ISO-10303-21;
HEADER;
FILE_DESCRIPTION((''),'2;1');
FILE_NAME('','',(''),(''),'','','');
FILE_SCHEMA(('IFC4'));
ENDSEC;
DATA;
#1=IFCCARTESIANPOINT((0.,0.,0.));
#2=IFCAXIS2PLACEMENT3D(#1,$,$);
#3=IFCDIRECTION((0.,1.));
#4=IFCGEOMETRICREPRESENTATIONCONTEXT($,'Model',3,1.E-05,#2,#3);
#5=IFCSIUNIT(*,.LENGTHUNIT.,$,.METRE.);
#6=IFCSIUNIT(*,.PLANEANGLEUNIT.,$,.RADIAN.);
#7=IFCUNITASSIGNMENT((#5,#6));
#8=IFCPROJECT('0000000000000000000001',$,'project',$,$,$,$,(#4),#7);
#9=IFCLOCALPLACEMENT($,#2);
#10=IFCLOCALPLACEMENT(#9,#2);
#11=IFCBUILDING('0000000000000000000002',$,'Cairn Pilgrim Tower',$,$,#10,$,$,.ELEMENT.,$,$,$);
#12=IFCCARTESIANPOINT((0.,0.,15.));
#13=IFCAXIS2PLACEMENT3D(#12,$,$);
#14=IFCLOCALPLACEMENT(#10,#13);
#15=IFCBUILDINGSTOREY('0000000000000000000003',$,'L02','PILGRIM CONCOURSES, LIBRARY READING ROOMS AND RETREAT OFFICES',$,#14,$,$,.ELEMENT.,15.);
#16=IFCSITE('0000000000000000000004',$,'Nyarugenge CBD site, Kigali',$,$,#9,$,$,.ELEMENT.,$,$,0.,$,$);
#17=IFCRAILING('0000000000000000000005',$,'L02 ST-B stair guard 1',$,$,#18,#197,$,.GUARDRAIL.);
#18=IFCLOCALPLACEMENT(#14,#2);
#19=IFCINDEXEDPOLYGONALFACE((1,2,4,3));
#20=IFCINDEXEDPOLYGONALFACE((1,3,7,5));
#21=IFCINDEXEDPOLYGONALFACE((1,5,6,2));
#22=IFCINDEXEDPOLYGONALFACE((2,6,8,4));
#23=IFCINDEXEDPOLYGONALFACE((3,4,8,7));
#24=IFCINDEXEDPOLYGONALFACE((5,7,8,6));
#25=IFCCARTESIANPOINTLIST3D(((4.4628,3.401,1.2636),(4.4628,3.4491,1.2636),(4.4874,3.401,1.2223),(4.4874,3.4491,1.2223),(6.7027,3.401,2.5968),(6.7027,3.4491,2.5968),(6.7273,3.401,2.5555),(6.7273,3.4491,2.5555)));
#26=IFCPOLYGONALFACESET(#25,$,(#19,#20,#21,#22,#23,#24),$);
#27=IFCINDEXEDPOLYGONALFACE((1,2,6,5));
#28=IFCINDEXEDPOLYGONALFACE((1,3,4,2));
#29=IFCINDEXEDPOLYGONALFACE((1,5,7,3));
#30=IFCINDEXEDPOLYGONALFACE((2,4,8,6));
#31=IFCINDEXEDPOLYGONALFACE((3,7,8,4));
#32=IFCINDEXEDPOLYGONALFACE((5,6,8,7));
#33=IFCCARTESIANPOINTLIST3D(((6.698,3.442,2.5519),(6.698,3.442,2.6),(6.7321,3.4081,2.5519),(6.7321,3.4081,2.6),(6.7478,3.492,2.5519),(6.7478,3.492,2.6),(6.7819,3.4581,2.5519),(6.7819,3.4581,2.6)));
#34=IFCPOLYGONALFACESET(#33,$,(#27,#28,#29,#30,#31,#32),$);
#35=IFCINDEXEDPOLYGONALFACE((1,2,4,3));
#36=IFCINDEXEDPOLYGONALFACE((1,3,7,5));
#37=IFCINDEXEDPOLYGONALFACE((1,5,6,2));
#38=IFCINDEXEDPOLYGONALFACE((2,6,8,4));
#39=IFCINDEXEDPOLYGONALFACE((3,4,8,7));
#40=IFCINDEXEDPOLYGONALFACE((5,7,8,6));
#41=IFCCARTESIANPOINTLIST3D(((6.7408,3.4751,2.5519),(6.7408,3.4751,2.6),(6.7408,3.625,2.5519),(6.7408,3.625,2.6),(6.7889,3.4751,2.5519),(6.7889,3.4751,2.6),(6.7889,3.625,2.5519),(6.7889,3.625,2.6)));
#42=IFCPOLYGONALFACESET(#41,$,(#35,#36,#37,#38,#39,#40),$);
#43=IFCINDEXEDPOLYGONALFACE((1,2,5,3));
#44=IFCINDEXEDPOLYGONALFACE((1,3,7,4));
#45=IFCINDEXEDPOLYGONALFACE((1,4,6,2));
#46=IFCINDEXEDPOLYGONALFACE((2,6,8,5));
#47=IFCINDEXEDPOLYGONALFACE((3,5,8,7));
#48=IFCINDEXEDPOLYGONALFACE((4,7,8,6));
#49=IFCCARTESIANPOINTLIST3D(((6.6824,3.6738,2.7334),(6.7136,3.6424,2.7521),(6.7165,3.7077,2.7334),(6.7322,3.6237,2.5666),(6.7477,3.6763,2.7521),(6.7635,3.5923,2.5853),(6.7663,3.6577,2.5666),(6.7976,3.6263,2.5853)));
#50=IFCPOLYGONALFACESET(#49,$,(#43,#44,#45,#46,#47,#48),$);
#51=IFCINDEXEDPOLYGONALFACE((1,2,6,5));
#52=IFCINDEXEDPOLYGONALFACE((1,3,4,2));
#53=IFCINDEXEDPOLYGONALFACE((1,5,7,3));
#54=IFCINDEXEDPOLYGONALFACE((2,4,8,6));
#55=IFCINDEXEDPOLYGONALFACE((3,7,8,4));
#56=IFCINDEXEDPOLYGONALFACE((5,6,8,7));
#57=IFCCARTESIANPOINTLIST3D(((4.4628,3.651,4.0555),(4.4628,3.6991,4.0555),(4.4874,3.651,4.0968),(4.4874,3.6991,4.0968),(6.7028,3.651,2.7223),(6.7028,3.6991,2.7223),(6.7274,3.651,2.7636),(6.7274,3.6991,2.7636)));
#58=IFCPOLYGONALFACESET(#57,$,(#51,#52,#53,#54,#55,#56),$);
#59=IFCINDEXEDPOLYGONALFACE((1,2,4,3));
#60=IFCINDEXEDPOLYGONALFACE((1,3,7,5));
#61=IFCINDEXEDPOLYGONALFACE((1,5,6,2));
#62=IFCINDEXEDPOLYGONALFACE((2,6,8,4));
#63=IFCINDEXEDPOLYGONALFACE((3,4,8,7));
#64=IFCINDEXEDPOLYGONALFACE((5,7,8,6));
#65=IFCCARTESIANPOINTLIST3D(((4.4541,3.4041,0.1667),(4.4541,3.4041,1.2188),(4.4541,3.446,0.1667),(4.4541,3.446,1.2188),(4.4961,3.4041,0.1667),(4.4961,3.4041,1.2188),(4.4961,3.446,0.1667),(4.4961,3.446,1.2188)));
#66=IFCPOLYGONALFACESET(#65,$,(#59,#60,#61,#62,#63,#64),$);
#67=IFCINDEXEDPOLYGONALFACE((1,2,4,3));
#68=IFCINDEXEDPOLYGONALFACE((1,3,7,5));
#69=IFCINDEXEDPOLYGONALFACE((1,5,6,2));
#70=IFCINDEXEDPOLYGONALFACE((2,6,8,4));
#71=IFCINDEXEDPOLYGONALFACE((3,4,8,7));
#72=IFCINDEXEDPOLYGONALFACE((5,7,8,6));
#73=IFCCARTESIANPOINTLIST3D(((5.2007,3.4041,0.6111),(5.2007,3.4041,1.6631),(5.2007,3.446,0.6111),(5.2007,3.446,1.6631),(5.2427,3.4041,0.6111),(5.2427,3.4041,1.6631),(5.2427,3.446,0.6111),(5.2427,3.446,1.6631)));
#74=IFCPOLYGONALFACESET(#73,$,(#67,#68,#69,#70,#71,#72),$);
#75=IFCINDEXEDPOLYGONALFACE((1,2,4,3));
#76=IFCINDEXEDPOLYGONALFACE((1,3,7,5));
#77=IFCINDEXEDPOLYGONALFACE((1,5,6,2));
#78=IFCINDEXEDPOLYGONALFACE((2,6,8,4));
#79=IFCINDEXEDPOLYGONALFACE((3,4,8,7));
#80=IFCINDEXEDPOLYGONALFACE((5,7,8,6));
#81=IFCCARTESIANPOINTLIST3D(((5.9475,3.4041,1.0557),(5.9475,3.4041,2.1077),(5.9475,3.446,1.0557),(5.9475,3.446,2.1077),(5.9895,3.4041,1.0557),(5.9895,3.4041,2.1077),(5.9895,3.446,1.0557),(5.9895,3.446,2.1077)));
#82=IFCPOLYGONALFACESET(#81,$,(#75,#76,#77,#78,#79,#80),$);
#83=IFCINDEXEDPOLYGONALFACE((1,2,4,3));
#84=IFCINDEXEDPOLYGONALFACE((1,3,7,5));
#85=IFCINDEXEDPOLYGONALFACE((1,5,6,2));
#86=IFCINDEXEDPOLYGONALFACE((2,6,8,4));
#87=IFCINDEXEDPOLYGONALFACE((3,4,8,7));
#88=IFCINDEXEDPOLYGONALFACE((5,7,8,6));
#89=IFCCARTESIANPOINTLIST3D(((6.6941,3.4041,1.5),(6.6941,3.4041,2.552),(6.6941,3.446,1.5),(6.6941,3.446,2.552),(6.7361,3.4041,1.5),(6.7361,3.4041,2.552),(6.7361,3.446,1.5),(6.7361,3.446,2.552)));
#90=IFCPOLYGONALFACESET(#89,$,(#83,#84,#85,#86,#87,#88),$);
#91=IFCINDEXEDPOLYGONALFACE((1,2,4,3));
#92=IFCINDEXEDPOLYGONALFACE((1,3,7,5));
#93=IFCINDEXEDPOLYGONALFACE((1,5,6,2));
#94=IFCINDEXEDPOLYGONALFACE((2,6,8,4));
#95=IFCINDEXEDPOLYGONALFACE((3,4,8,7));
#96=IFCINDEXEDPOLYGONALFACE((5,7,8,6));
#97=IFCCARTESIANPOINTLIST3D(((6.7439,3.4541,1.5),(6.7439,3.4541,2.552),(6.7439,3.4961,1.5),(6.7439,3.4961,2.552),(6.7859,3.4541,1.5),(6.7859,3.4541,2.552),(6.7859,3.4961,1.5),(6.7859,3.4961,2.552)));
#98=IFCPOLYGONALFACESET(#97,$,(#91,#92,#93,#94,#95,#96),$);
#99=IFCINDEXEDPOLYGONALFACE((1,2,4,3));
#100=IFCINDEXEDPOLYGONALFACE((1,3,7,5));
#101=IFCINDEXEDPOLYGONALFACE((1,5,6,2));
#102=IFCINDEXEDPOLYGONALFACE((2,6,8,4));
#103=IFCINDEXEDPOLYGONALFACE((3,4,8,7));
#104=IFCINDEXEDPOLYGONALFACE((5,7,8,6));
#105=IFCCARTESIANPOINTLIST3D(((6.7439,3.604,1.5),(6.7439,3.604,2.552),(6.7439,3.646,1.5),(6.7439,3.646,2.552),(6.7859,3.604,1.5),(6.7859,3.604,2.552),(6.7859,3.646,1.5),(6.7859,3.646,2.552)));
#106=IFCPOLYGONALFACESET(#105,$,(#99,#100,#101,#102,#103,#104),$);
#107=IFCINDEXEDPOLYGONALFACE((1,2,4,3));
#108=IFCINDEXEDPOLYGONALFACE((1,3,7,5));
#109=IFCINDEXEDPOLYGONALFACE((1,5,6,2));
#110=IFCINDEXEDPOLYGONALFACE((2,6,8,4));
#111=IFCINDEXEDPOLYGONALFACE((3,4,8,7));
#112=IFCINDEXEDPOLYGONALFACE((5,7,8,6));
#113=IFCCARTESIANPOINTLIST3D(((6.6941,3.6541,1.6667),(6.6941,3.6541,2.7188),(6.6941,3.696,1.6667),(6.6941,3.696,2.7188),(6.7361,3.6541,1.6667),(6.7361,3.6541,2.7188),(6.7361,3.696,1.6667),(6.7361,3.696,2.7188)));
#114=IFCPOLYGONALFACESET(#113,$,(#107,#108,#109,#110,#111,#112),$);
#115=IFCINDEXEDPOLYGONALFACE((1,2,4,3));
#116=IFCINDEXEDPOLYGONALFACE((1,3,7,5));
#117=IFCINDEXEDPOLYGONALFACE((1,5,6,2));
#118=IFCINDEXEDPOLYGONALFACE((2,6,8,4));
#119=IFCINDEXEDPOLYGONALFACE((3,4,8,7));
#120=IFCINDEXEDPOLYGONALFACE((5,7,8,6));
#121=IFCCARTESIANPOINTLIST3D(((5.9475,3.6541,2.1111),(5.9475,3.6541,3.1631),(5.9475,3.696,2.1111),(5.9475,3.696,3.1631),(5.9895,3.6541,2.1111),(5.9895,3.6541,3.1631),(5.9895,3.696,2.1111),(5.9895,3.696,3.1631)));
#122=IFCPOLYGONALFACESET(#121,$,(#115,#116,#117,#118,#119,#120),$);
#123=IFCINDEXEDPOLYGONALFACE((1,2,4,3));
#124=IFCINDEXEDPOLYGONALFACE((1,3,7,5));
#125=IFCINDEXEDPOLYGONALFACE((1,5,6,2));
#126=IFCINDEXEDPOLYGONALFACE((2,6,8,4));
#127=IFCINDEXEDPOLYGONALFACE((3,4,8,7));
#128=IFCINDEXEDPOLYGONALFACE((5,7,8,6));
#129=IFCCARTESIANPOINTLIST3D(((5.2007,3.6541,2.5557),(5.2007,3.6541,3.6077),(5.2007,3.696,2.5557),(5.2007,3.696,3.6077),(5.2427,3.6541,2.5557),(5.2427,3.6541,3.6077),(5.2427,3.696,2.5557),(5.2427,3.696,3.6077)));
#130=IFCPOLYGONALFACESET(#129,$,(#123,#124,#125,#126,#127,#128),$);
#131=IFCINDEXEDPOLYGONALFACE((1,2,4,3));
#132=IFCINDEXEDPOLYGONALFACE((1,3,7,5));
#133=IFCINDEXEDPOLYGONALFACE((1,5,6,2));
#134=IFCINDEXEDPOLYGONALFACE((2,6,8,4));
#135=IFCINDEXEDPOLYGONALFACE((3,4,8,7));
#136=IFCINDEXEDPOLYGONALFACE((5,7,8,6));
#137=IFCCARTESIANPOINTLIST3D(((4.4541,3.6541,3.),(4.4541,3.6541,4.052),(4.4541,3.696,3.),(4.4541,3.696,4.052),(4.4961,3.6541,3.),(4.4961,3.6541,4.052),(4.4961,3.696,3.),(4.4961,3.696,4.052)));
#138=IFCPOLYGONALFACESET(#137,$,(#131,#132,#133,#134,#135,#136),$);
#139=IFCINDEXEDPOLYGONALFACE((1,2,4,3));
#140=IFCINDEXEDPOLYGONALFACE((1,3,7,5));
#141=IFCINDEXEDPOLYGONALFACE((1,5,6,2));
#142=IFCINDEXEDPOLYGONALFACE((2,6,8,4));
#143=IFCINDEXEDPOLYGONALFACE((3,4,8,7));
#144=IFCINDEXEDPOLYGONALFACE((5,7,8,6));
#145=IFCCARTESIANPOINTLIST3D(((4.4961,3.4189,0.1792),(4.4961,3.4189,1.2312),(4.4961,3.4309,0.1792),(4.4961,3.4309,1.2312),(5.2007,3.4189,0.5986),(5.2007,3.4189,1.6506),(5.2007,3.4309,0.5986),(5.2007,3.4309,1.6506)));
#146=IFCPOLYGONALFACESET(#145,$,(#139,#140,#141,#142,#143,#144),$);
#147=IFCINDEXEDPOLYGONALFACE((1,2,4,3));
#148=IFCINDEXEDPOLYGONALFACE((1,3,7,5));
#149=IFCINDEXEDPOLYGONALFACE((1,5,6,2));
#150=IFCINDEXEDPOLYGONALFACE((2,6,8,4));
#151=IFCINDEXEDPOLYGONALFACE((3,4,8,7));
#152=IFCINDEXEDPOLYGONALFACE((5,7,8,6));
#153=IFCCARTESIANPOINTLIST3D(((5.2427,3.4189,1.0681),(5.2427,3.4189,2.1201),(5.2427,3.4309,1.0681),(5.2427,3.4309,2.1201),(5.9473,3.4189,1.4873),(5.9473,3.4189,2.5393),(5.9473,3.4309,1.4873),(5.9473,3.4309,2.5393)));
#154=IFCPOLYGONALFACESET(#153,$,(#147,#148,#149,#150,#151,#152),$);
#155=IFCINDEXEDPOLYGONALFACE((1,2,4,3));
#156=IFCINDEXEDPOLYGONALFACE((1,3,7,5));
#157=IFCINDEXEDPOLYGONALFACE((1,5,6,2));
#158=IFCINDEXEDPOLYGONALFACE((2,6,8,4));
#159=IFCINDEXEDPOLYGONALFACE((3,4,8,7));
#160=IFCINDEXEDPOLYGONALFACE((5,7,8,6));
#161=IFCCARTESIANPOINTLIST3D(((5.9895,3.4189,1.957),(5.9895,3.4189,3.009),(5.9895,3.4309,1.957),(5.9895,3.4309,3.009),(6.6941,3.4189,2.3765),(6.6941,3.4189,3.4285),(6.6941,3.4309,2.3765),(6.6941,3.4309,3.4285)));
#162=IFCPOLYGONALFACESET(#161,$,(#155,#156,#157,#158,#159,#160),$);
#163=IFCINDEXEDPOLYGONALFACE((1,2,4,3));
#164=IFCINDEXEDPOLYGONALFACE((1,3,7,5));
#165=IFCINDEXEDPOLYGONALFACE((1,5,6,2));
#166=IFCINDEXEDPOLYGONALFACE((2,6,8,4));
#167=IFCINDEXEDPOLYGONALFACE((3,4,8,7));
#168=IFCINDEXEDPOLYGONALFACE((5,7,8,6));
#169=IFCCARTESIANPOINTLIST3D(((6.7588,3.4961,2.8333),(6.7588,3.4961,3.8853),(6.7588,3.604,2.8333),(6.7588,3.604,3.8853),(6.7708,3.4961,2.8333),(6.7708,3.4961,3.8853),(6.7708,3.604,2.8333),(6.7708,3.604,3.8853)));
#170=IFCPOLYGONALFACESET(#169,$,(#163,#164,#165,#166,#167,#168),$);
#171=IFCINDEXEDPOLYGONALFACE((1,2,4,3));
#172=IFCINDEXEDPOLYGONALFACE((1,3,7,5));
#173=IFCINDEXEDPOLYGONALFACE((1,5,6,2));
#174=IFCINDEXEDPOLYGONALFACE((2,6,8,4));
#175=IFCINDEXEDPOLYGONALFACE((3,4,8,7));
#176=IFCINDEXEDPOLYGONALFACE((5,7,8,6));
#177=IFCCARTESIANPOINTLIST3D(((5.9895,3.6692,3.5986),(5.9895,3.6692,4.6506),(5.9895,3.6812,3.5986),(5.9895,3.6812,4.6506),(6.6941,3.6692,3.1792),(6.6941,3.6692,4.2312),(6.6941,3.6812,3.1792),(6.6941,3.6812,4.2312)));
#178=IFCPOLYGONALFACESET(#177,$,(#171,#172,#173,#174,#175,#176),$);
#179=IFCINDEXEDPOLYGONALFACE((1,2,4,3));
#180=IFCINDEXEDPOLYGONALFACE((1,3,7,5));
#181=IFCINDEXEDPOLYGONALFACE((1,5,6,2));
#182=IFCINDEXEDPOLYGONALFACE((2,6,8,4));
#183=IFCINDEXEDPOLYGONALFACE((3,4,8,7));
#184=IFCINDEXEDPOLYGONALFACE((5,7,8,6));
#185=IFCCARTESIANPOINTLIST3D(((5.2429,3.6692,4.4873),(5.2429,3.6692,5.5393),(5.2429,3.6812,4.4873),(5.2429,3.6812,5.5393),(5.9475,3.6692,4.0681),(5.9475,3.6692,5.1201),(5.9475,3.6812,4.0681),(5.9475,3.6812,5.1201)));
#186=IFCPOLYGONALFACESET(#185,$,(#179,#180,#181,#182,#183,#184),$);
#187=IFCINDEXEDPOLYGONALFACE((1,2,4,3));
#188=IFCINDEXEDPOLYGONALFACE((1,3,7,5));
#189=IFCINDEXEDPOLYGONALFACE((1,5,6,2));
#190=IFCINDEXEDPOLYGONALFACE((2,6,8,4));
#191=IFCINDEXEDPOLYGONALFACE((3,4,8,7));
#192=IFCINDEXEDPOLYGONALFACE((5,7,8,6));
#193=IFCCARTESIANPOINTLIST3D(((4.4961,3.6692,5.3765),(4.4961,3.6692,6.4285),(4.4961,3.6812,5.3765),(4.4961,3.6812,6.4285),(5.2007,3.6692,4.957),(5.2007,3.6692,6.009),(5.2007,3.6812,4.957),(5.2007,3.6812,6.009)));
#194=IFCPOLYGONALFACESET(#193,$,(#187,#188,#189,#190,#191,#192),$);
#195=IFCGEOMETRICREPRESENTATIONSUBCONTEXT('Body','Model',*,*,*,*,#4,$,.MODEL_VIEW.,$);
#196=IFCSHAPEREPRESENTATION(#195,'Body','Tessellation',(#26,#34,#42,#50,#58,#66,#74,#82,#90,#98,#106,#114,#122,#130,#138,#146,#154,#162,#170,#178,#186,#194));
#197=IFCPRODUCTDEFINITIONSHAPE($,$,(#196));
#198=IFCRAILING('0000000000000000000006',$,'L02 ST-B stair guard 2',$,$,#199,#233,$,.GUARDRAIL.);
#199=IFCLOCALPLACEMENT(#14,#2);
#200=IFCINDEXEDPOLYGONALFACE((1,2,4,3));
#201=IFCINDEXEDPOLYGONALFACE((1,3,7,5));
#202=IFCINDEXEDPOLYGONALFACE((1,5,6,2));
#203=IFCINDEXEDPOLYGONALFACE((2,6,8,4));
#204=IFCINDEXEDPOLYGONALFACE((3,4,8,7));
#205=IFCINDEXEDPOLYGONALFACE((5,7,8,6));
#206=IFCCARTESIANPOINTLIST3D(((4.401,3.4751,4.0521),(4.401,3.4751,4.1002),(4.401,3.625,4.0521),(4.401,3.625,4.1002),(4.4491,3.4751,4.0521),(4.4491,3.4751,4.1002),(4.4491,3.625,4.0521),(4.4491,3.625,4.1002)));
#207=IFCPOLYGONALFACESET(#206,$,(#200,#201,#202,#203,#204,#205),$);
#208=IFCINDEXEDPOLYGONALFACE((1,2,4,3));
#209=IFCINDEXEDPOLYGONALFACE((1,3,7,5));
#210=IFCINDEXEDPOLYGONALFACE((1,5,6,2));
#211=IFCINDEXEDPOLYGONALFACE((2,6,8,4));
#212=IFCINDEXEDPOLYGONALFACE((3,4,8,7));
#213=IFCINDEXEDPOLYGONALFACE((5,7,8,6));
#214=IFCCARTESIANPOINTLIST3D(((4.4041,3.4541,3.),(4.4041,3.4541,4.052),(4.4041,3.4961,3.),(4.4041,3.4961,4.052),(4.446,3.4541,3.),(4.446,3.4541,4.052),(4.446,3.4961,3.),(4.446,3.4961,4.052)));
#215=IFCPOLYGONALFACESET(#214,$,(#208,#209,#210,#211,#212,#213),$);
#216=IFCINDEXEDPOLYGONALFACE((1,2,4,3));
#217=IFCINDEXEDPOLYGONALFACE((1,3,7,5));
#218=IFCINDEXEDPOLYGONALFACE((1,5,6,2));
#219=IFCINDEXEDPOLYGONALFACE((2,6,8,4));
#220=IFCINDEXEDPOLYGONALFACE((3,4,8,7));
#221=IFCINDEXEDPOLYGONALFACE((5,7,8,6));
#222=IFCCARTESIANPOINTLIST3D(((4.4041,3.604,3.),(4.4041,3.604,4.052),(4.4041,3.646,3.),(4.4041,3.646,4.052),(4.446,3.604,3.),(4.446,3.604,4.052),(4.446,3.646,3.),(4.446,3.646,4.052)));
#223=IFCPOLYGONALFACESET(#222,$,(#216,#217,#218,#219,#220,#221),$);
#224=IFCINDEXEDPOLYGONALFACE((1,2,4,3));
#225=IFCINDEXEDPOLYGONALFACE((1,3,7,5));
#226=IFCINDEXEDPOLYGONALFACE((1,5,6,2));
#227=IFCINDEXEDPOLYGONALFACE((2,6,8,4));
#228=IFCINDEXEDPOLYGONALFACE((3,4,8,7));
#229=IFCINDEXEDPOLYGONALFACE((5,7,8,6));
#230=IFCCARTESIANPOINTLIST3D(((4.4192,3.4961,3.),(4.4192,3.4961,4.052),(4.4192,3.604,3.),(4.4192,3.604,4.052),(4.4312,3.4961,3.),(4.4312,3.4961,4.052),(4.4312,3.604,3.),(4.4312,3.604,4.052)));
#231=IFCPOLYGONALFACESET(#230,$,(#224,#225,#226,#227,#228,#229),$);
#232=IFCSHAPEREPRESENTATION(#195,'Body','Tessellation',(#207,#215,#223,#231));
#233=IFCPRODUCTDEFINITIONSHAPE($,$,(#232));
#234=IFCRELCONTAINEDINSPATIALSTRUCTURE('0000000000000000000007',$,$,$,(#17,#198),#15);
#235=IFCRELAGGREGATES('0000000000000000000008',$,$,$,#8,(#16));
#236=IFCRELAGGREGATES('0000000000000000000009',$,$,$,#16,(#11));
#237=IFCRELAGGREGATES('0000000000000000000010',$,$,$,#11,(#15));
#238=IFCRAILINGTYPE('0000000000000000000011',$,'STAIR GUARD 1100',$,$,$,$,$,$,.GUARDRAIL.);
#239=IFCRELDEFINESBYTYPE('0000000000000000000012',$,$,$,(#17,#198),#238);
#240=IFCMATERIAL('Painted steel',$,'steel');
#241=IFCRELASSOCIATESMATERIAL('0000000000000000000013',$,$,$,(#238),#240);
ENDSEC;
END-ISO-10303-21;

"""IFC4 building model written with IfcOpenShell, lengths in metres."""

from ifc_helpers import new_model, si_unit, direction, frame, origin, origin_2d, place, context, subcontext, project, spatial, polyline, rectangle, outline, extrude, material, type_object, element, save


model = new_model("IFC4")

# Units and contexts
model_context = context("Model", 3, precision=1e-05, world=origin(), true_north=direction((0.0, 1.0)))
body_context = subcontext(model_context, "Body", "Model", "MODEL_VIEW")
ifc_project = project(units=[si_unit("LENGTHUNIT", "METRE"), si_unit("PLANEANGLEUNIT", "RADIAN")], contexts=[model_context])

# Site, building, storey
site_placement = place(None, origin())
site = spatial("IfcSite", under=ifc_project, at=site_placement, Name="Nyarugenge CBD site, Kigali", CompositionType="ELEMENT", RefElevation=0.0)
building_placement = place(site_placement, origin())
building = spatial("IfcBuilding", under=site, at=building_placement, Name="Cairn Pilgrim Tower", CompositionType="ELEMENT")
storey_placement = place(building_placement, frame((0.0, 0.0, 15.0)))
storey = spatial("IfcBuildingStorey", under=building, at=storey_placement, Name="L02", Description="PILGRIM CONCOURSES, LIBRARY READING ROOMS AND RETREAT OFFICES", CompositionType="ELEMENT", Elevation=15.0)

# Shared definitions
ifc_material_1 = material(Name="Painted steel", Category="steel")

# Railings
railing_type_1 = type_object("IfcRailingType", Name="STAIR GUARD 1100", PredefinedType="GUARDRAIL", material=ifc_material_1)
railing_1_placement = place(storey_placement, frame((4.4751, 3.425, 0.1667)))
element("IfcRailing", 1, at=railing_1_placement, inside=storey, type_object=railing_type_1, Name="L02 ST-B stair guard 1", PredefinedType="GUARDRAIL", context=body_context, shape_type="SweptSolid", body=[
    extrude(rectangle(XDim=0.0481, YDim=0.0481, at=origin_2d()), frame((0.0, 0.0, 1.0762), z_axis=(0.859306, 0.0, 0.511462), x_axis=(0.0, 1.0, 0.0)), (0.0, 0.0, 1.0), 2.6067),
    extrude(rectangle(XDim=0.0481, YDim=0.0481, at=origin_2d()), frame((2.24, 0.0, 2.4092), z_axis=(0.705376, 0.708834, 0.0), x_axis=(-0.708834, 0.705376, 0.0)), (0.0, 0.0, 1.0), 0.0706),
    extrude(rectangle(XDim=0.0481, YDim=0.0481, at=origin_2d()), frame((2.2898, 0.05, 2.4092), z_axis=(0.0, 1.0, 0.0), x_axis=(-1.0, 0.0, 0.0)), (0.0, 0.0, 1.0), 0.1499),
    extrude(rectangle(XDim=0.0481, YDim=0.0481, at=origin_2d()), frame((2.2898, 0.2, 2.4092), z_axis=(-0.275041, 0.276389, 0.920848), x_axis=(-0.708834, -0.705376, 0.0)), (0.0, 0.0, 1.0), 0.1812),
    extrude(rectangle(XDim=0.0481, YDim=0.0481, at=origin_2d()), frame((2.24, 0.25, 2.5762), z_axis=(-0.859306, 0.0, 0.511462), x_axis=(0.0, -1.0, 0.0)), (0.0, 0.0, 1.0), 2.6067),
    extrude(rectangle(XDim=0.042, YDim=0.042, at=origin_2d()), origin(), (0.0, 0.0, 1.0), 1.052),
    extrude(rectangle(XDim=0.042, YDim=0.042, at=origin_2d()), frame((0.7466, 0.0, 0.4443)), (0.0, 0.0, 1.0), 1.052),
    extrude(rectangle(XDim=0.042, YDim=0.042, at=origin_2d()), frame((1.4934, 0.0, 0.8889)), (0.0, 0.0, 1.0), 1.052),
    extrude(rectangle(XDim=0.042, YDim=0.042, at=origin_2d()), frame((2.24, 0.0, 1.3333)), (0.0, 0.0, 1.0), 1.052),
    extrude(rectangle(XDim=0.042, YDim=0.042, at=origin_2d()), frame((2.2898, 0.05, 1.3333)), (0.0, 0.0, 1.0), 1.052),
    extrude(rectangle(XDim=0.042, YDim=0.042, at=origin_2d()), frame((2.2898, 0.2, 1.3333)), (0.0, 0.0, 1.0), 1.052),
    extrude(rectangle(XDim=0.042, YDim=0.042, at=origin_2d()), frame((2.24, 0.25, 1.5)), (0.0, 0.0, 1.0), 1.052),
    extrude(rectangle(XDim=0.042, YDim=0.042, at=origin_2d()), frame((1.4934, 0.25, 1.9443)), (0.0, 0.0, 1.0), 1.052),
    extrude(rectangle(XDim=0.042, YDim=0.042, at=origin_2d()), frame((0.7466, 0.25, 2.3889)), (0.0, 0.0, 1.0), 1.052),
    extrude(rectangle(XDim=0.042, YDim=0.042, at=origin_2d()), frame((0.0, 0.25, 2.8333)), (0.0, 0.0, 1.0), 1.052),
    extrude(outline(polyline([(0.021, 0.0125), (0.7256, 0.4319), (0.7256, 1.4839), (0.021, 1.0645), (0.021, 0.0125)])), frame((0.0, 0.0059, 0.0), z_axis=(0.0, -1.0, 0.0), x_axis=(1.0, 0.0, 0.0)), (0.0, 0.0, 1.0), 0.012),
    extrude(outline(polyline([(0.021, 0.457), (0.7256, 0.8762), (0.7256, 1.9282), (0.021, 1.509), (0.021, 0.457)])), frame((0.7466, 0.0059, 0.4443), z_axis=(0.0, -1.0, 0.0), x_axis=(1.0, 0.0, 0.0)), (0.0, 0.0, 1.0), 0.012),
    extrude(outline(polyline([(0.021, 0.9014), (0.7256, 1.3208), (0.7256, 2.3728), (0.021, 1.9534), (0.021, 0.9014)])), frame((1.4934, 0.0059, 0.8889), z_axis=(0.0, -1.0, 0.0), x_axis=(1.0, 0.0, 0.0)), (0.0, 0.0, 1.0), 0.012),
    extrude(outline(polyline([(0.021, 1.3333), (0.1289, 1.3333), (0.1289, 2.3853), (0.021, 2.3853), (0.021, 1.3333)])), frame((2.2837, 0.05, 1.3333), z_axis=(1.0, 0.0, 0.0), x_axis=(0.0, 1.0, 0.0)), (0.0, 0.0, 1.0), 0.012),
    extrude(outline(polyline([(0.021, 1.5125), (0.7256, 1.9319), (0.7256, 2.9839), (0.021, 2.5645), (0.021, 1.5125)])), frame((2.24, 0.2441, 1.5), z_axis=(0.0, 1.0, 0.0), x_axis=(-1.0, 0.0, 0.0)), (0.0, 0.0, 1.0), 0.012),
    extrude(outline(polyline([(0.021, 1.957), (0.7256, 2.3762), (0.7256, 3.4282), (0.021, 3.009), (0.021, 1.957)])), frame((1.4934, 0.2441, 1.9443), z_axis=(0.0, 1.0, 0.0), x_axis=(-1.0, 0.0, 0.0)), (0.0, 0.0, 1.0), 0.012),
    extrude(outline(polyline([(0.021, 2.4014), (0.7256, 2.8208), (0.7256, 3.8728), (0.021, 3.4534), (0.021, 2.4014)])), frame((0.7466, 0.2441, 2.3889), z_axis=(0.0, 1.0, 0.0), x_axis=(-1.0, 0.0, 0.0)), (0.0, 0.0, 1.0), 0.012),
])
railing_2_placement = place(storey_placement, frame((4.425, 3.4751, 3.0)))
element("IfcRailing", 2, at=railing_2_placement, inside=storey, type_object=railing_type_1, Name="L02 ST-B stair guard 2", PredefinedType="GUARDRAIL", context=body_context, shape_type="SweptSolid", body=[
    extrude(rectangle(XDim=0.0481, YDim=0.0481, at=origin_2d()), frame((0.0, 0.0, 1.0762), z_axis=(0.0, 1.0, 0.0), x_axis=(-1.0, 0.0, 0.0)), (0.0, 0.0, 1.0), 0.1499),
    extrude(rectangle(XDim=0.042, YDim=0.042, at=origin_2d()), origin(), (0.0, 0.0, 1.0), 1.052),
    extrude(rectangle(XDim=0.042, YDim=0.042, at=origin_2d()), frame((0.0, 0.1499, 0.0)), (0.0, 0.0, 1.0), 1.052),
    extrude(outline(polyline([(0.021, 0.0), (0.1289, 0.0), (0.1289, 1.052), (0.021, 1.052), (0.021, 0.0)])), frame((-0.0059, 0.0, 0.0), z_axis=(1.0, 0.0, 0.0), x_axis=(0.0, 1.0, 0.0)), (0.0, 0.0, 1.0), 0.012),
])

save(model, "model.ifc")
